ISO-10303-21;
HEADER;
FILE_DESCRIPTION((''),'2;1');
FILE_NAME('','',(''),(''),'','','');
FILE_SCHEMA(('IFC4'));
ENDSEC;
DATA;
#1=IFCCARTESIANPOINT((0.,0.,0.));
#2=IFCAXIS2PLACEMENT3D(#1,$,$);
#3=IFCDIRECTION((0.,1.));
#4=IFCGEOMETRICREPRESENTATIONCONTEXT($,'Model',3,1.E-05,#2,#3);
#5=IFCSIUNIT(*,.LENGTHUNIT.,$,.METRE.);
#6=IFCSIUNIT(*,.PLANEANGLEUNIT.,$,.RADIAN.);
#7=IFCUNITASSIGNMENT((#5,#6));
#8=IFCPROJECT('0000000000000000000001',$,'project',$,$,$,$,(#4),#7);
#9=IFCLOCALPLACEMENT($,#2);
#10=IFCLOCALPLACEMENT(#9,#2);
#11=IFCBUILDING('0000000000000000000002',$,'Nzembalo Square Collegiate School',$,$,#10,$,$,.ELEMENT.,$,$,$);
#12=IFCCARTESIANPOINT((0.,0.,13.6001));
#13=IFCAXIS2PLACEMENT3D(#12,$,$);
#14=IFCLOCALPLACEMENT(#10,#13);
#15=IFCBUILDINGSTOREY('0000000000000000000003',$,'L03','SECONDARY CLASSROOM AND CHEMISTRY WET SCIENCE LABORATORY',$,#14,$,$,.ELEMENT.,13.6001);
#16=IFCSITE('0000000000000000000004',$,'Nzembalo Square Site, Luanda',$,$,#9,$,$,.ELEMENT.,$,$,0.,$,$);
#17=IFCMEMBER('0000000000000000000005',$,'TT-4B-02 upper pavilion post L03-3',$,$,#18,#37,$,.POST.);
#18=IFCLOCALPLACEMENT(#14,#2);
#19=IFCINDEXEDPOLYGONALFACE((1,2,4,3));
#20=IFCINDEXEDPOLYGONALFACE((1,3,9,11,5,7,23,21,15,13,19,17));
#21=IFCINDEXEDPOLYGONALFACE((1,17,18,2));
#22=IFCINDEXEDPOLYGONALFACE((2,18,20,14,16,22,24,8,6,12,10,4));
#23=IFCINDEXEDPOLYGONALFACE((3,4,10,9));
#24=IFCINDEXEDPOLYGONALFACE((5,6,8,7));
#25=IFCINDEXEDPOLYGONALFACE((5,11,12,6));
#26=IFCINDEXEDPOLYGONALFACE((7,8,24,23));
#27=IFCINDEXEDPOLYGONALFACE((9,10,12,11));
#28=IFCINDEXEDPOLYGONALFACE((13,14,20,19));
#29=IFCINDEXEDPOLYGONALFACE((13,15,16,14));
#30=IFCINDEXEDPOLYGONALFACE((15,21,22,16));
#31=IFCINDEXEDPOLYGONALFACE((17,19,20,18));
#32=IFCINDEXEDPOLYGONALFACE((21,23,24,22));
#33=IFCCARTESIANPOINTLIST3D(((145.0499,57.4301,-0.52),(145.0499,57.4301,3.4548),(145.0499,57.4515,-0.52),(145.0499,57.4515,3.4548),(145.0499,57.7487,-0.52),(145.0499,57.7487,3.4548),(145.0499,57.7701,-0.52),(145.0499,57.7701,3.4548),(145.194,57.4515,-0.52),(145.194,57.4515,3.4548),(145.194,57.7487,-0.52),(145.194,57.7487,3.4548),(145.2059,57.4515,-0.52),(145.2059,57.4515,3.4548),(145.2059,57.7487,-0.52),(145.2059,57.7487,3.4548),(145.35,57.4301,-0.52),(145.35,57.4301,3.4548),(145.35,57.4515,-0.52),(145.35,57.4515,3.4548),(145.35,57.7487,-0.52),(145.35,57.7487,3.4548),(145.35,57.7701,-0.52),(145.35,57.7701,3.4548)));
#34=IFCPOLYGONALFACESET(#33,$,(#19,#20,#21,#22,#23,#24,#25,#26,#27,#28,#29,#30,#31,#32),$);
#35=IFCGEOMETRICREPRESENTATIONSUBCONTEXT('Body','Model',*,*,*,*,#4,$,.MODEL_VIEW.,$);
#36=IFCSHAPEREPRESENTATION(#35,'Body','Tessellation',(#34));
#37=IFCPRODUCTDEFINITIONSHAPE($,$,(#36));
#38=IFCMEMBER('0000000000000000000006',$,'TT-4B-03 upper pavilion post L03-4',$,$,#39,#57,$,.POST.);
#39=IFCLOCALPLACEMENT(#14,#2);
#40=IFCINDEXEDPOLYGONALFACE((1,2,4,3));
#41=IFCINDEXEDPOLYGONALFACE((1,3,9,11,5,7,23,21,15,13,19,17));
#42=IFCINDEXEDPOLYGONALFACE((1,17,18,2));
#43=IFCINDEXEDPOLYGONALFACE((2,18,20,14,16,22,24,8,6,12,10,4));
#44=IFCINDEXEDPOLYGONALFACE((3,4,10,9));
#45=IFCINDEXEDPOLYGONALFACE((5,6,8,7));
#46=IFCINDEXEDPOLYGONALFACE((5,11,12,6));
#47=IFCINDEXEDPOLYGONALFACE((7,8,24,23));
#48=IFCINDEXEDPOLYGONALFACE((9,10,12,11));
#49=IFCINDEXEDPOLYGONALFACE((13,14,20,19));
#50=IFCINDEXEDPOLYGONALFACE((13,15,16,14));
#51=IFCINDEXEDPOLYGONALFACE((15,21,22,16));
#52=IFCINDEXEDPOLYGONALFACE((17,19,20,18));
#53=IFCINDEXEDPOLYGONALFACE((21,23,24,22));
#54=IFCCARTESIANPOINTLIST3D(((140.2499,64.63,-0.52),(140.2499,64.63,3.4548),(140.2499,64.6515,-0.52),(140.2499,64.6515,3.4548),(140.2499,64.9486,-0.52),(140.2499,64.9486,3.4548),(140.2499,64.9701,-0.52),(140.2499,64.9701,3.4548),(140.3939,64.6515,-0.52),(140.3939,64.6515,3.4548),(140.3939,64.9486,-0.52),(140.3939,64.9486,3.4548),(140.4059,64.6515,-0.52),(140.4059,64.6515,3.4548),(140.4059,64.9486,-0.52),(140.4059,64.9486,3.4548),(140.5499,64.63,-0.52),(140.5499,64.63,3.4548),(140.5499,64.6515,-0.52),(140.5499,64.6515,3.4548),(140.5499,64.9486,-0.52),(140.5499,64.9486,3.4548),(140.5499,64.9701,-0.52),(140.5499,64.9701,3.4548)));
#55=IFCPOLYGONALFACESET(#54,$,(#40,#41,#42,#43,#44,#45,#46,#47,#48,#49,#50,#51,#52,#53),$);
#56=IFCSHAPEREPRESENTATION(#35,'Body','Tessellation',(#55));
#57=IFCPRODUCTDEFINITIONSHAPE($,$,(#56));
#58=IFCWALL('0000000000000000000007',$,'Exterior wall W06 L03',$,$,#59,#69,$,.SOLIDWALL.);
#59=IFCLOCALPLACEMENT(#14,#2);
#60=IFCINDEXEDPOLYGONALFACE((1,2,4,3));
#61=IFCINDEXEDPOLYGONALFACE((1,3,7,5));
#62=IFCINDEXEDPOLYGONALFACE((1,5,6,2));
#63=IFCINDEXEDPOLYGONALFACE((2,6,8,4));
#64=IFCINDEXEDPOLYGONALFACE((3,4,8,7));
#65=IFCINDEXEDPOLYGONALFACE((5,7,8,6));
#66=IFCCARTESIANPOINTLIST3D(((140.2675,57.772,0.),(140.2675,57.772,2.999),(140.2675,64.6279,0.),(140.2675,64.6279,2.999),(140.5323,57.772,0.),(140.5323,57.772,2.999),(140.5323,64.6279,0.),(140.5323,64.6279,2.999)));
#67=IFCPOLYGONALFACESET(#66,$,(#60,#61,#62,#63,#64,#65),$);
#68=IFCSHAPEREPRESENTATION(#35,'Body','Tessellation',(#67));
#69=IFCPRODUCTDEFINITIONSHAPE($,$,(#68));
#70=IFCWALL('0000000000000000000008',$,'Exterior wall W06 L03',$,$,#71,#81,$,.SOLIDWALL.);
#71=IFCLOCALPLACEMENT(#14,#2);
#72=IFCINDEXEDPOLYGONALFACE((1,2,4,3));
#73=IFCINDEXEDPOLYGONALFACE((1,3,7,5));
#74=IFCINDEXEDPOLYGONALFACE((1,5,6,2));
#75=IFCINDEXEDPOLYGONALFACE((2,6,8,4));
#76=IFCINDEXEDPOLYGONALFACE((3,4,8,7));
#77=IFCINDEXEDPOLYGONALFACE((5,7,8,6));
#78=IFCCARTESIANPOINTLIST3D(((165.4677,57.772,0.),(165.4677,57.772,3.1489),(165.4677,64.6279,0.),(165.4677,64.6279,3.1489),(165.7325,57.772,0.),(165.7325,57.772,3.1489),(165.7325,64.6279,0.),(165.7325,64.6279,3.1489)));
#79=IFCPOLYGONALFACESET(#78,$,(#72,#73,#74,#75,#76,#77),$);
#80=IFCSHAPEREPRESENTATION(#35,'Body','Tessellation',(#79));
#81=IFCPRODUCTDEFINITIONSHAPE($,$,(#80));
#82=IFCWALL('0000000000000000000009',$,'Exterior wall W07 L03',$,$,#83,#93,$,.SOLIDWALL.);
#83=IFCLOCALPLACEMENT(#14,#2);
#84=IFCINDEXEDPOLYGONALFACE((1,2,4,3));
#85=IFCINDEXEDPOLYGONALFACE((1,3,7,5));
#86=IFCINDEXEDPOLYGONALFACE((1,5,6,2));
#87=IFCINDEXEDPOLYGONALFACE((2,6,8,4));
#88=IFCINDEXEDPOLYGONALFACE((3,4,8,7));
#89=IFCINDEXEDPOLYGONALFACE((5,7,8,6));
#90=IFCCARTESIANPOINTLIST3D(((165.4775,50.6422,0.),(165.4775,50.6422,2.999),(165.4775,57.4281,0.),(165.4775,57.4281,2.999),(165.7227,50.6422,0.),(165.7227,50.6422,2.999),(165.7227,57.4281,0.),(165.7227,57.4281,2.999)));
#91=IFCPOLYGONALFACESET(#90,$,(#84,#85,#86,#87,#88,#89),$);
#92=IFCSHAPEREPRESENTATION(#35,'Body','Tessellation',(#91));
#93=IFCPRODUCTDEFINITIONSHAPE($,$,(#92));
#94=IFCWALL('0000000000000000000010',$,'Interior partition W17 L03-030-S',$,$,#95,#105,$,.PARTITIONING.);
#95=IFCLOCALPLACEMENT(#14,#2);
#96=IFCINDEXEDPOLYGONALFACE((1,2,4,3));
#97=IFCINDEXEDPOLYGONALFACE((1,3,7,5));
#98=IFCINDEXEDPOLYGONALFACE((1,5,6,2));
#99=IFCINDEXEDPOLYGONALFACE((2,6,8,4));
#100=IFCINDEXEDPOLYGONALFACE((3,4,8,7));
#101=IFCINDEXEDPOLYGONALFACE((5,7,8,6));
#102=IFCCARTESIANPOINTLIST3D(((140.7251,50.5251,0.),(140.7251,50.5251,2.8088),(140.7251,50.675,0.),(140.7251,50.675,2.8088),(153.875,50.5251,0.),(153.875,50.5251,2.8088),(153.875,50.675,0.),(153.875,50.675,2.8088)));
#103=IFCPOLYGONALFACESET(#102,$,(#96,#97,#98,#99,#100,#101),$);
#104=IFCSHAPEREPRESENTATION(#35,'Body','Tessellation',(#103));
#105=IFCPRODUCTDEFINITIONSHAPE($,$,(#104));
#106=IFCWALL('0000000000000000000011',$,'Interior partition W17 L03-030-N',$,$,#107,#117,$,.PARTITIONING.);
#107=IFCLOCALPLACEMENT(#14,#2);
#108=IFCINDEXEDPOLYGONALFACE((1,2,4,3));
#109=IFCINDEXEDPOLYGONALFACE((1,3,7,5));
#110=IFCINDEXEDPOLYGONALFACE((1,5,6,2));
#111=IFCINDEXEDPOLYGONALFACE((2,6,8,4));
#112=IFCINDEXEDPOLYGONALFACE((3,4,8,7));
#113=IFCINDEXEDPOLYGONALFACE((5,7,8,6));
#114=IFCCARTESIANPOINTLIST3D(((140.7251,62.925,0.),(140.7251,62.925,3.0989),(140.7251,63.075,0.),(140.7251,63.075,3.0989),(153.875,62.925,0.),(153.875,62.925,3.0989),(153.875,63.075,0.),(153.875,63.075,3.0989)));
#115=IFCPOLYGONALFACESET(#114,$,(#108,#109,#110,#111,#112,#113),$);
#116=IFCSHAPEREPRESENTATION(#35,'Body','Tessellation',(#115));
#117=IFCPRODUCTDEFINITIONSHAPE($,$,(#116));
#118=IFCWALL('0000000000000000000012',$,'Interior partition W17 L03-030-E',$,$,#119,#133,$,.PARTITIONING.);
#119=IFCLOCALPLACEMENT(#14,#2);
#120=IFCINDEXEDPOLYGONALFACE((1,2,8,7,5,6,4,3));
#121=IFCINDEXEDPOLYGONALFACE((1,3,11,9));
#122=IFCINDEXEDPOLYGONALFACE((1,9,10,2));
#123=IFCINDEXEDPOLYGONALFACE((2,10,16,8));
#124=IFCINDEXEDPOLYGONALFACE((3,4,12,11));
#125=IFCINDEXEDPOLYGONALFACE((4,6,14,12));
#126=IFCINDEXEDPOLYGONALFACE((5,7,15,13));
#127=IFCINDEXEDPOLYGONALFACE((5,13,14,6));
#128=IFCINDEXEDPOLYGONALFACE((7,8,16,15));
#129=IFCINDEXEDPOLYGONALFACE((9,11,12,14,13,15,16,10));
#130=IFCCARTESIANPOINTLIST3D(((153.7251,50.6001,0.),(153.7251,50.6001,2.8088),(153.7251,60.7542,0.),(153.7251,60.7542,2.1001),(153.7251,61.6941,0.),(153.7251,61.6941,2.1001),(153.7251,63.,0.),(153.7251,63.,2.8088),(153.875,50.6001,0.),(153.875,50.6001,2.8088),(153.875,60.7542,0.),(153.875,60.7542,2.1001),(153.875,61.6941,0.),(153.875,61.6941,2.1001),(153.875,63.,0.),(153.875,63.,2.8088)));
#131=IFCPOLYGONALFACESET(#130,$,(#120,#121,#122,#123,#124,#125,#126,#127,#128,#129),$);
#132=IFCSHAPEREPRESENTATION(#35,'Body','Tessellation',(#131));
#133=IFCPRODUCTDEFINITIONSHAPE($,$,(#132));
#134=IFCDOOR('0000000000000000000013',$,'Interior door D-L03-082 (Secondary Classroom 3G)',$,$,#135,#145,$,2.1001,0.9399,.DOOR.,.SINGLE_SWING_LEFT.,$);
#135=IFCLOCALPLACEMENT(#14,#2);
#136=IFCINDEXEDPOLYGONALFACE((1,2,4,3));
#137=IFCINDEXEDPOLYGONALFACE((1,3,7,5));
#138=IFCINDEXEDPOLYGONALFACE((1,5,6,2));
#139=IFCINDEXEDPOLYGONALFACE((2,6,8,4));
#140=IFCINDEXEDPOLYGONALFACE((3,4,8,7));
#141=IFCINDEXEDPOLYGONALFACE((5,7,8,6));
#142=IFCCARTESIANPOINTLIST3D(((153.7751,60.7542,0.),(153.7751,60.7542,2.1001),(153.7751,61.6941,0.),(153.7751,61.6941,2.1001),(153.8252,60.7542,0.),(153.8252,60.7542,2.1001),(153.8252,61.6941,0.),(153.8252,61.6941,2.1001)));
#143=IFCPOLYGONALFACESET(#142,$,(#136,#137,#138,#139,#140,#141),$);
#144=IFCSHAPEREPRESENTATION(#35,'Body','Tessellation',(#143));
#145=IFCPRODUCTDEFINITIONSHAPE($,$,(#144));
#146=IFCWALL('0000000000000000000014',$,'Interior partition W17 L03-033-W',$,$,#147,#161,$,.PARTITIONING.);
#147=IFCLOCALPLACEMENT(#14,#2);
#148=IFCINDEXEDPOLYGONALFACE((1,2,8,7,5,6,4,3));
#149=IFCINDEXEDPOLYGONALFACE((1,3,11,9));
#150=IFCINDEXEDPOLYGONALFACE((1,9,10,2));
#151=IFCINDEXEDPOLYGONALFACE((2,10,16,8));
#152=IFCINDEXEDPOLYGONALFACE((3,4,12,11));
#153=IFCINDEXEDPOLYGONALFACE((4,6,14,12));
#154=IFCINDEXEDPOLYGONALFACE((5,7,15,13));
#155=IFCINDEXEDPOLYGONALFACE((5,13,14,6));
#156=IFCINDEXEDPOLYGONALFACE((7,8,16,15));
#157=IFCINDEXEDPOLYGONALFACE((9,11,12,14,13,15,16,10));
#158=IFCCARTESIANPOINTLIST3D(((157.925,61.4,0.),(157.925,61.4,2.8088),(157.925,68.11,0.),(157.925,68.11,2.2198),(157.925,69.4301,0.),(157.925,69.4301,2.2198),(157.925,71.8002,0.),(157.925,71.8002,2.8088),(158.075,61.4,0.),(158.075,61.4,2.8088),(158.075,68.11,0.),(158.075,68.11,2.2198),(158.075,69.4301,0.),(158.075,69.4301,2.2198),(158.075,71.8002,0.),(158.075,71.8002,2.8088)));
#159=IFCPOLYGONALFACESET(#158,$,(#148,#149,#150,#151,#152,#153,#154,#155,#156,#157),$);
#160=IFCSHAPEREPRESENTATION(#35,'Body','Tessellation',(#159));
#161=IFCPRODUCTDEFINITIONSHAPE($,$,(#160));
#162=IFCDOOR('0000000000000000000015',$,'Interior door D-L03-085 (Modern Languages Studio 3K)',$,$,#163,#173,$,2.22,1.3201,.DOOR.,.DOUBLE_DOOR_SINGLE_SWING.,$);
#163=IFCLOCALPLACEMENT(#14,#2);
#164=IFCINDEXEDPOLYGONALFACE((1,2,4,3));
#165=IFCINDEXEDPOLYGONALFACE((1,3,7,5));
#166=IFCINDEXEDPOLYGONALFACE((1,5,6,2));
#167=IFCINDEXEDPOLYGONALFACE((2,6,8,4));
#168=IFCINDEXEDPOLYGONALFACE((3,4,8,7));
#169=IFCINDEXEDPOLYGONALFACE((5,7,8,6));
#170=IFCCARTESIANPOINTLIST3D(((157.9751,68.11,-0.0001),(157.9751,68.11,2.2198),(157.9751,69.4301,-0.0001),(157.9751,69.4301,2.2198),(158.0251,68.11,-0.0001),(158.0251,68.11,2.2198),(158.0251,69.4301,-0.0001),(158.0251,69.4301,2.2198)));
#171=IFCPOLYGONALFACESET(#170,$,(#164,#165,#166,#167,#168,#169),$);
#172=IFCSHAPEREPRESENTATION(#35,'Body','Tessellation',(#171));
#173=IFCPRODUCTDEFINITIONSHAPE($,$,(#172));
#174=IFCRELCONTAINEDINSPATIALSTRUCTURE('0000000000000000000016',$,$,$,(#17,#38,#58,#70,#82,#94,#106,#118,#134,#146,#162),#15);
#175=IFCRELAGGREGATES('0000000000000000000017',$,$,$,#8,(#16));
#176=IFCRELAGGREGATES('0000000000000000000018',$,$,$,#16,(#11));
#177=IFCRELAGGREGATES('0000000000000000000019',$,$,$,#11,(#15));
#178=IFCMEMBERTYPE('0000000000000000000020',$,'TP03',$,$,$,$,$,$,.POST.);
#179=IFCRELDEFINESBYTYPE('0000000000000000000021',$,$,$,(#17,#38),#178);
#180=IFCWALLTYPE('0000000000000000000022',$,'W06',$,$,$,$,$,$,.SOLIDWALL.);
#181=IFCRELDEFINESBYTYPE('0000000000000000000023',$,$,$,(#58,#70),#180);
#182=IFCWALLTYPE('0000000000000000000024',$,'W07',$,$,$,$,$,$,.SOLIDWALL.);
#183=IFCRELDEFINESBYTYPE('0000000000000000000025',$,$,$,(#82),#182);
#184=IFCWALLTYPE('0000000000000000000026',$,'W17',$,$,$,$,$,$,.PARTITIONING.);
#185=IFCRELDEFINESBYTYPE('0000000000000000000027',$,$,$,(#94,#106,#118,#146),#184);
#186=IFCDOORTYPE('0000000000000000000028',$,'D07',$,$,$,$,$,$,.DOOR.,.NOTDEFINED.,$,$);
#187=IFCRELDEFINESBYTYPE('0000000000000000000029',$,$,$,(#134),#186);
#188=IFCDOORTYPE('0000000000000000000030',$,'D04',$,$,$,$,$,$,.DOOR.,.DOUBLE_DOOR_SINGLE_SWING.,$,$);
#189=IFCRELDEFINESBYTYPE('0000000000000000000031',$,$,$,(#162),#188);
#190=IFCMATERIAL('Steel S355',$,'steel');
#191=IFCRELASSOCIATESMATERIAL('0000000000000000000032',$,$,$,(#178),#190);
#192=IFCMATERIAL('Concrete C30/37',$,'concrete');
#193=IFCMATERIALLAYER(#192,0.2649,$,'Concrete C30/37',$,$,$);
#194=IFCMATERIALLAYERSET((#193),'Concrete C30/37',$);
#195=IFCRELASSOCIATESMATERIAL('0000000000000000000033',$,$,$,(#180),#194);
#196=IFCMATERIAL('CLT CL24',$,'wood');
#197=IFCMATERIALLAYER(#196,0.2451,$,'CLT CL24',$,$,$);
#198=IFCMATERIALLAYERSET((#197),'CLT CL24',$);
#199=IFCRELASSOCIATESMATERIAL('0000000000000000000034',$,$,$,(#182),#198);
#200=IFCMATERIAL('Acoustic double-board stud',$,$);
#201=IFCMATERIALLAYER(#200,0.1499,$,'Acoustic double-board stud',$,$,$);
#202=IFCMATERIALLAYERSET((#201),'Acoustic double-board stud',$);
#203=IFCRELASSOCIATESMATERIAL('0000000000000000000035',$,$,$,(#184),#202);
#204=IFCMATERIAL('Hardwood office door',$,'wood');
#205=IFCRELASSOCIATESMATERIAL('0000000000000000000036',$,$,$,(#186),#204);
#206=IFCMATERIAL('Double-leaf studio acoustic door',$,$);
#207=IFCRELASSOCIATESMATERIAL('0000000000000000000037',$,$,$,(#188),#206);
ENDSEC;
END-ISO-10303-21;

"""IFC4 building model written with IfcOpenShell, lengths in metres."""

from ifc_helpers import new_model, si_unit, direction, frame, frame_2d, origin, origin_2d, place, context, subcontext, project, spatial, rectangle, i_section, extrude, material, layer, layer_set, material_profile, profile_set, type_object, element, fill, save


model = new_model("IFC4")

# Units and contexts
model_context = context("Model", 3, precision=1e-05, world=origin(), true_north=direction((0.0, 1.0)))
body_context = subcontext(model_context, "Body", "Model", "MODEL_VIEW")
ifc_project = project(units=[si_unit("LENGTHUNIT", "METRE"), si_unit("PLANEANGLEUNIT", "RADIAN")], contexts=[model_context])

# Site, building, storey
site_placement = place(None, origin())
site = spatial("IfcSite", under=ifc_project, at=site_placement, Name="Nzembalo Square Site, Luanda", CompositionType="ELEMENT", RefElevation=0.0)
building_placement = place(site_placement, origin())
building = spatial("IfcBuilding", under=site, at=building_placement, Name="Nzembalo Square Collegiate School", CompositionType="ELEMENT")
storey_placement = place(building_placement, frame((0.0, 0.0, 13.6001)))
storey = spatial("IfcBuildingStorey", under=building, at=storey_placement, Name="L03", Description="SECONDARY CLASSROOM AND CHEMISTRY WET SCIENCE LABORATORY", CompositionType="ELEMENT", Elevation=13.6001)

# Members
ifc_material_1 = material(Name="Steel S355", Category="steel")
ifc_material_profile_1 = material_profile(ifc_material_1, i_section(OverallWidth=0.3, OverallDepth=0.3401, WebThickness=0.012, FlangeThickness=0.0215, at=origin_2d()), Name="HEB 340")
ifc_profile_set_1 = profile_set([ifc_material_profile_1], Name="Steel S355")
member_type = type_object("IfcMemberType", Name="TP03", PredefinedType="POST", material=ifc_profile_set_1)
for number, where, z_axis, x_axis, name in (
    (1, (145.2, 57.6001, -0.52), (0.0, 0.0, 1.0), (1.0, 0.0, 0.0), "TT-4B-02 upper pavilion post L03-3"),
    (2, (140.3999, 64.8, -0.52), (0.0, 0.0, 1.0), (1.0, 0.0, 0.0), "TT-4B-03 upper pavilion post L03-4"),
):
    element("IfcMember", number, at=place(storey_placement, frame(where, z_axis=z_axis, x_axis=x_axis)), inside=storey, type_object=member_type, Name=name, PredefinedType="POST", context=body_context, shape_type="SweptSolid", body=[
        extrude(i_section(OverallWidth=0.3, OverallDepth=0.3401, WebThickness=0.012, FlangeThickness=0.0215, at=origin_2d()), origin(), (0.0, 0.0, 1.0), 3.9749),
    ])

# Walls
ifc_material_2 = material(Name="Concrete C30/37", Category="concrete")
ifc_layer_1 = layer(ifc_material_2, 0.2649, Name="Concrete C30/37")
ifc_layer_set_1 = layer_set([ifc_layer_1], Name="Concrete C30/37")
wall_type_1 = type_object("IfcWallType", Name="W06", PredefinedType="SOLIDWALL", material=ifc_layer_set_1)
wall_1_placement = place(storey_placement, frame((140.3999, 57.772, 0.0), z_axis=(0.0, 0.0, 1.0), x_axis=(0.0, 1.0, 0.0)))
element("IfcWall", 3, at=wall_1_placement, inside=storey, type_object=wall_type_1, Name="Exterior wall W06 L03", PredefinedType="SOLIDWALL", context=body_context, shape_type="SweptSolid", body=[
    extrude(rectangle(XDim=6.856, YDim=0.2649, at=frame_2d((3.428, 0.0))), origin(), (0.0, 0.0, 1.0), 2.999),
])
wall_2_placement = place(storey_placement, frame((165.6001, 57.772, 0.0), z_axis=(0.0, 0.0, 1.0), x_axis=(0.0, 1.0, 0.0)))
element("IfcWall", 4, at=wall_2_placement, inside=storey, type_object=wall_type_1, Name="Exterior wall W06 L03", PredefinedType="SOLIDWALL", context=body_context, shape_type="SweptSolid", body=[
    extrude(rectangle(XDim=6.856, YDim=0.2649, at=frame_2d((3.428, 0.0))), origin(), (0.0, 0.0, 1.0), 3.1489),
])
ifc_material_3 = material(Name="CLT CL24", Category="wood")
ifc_layer_2 = layer(ifc_material_3, 0.2451, Name="CLT CL24")
ifc_layer_set_2 = layer_set([ifc_layer_2], Name="CLT CL24")
wall_type_2 = type_object("IfcWallType", Name="W07", PredefinedType="SOLIDWALL", material=ifc_layer_set_2)
wall_3_placement = place(storey_placement, frame((165.6001, 50.6421, 0.0), z_axis=(0.0, 0.0, 1.0), x_axis=(0.0, 1.0, 0.0)))
element("IfcWall", 5, at=wall_3_placement, inside=storey, type_object=wall_type_2, Name="Exterior wall W07 L03", PredefinedType="SOLIDWALL", context=body_context, shape_type="SweptSolid", body=[
    extrude(rectangle(XDim=6.7859, YDim=0.2451, at=frame_2d((3.3931, 0.0))), origin(), (0.0, 0.0, 1.0), 2.999),
])
ifc_material_4 = material(Name="Acoustic double-board stud")
ifc_layer_3 = layer(ifc_material_4, 0.1499, Name="Acoustic double-board stud")
ifc_layer_set_3 = layer_set([ifc_layer_3], Name="Acoustic double-board stud")
wall_type_3 = type_object("IfcWallType", Name="W17", PredefinedType="PARTITIONING", material=ifc_layer_set_3)
wall_4_placement = place(storey_placement, frame((140.7251, 50.6001, 0.0), z_axis=(0.0, 0.0, 1.0), x_axis=(1.0, 0.0, 0.0)))
element("IfcWall", 6, at=wall_4_placement, inside=storey, type_object=wall_type_3, Name="Interior partition W17 L03-030-S", PredefinedType="PARTITIONING", context=body_context, shape_type="SweptSolid", body=[
    extrude(rectangle(XDim=13.1499, YDim=0.1499, at=frame_2d((6.575, 0.0))), origin(), (0.0, 0.0, 1.0), 2.8088),
])
wall_5_placement = place(storey_placement, frame((140.7251, 63.0, 0.0), z_axis=(0.0, 0.0, 1.0), x_axis=(1.0, 0.0, 0.0)))
element("IfcWall", 7, at=wall_5_placement, inside=storey, type_object=wall_type_3, Name="Interior partition W17 L03-030-N", PredefinedType="PARTITIONING", context=body_context, shape_type="SweptSolid", body=[
    extrude(rectangle(XDim=13.1499, YDim=0.1499, at=frame_2d((6.575, 0.0))), origin(), (0.0, 0.0, 1.0), 3.0989),
])

# Walls, openings, doors
wall_6_placement = place(storey_placement, frame((153.8, 50.6001, 0.0), z_axis=(0.0, 0.0, 1.0), x_axis=(0.0, 1.0, 0.0)))
wall_6 = element("IfcWall", 8, at=wall_6_placement, inside=storey, type_object=wall_type_3, Name="Interior partition W17 L03-030-E", PredefinedType="PARTITIONING", context=body_context, shape_type="SweptSolid", body=[
    extrude(rectangle(XDim=12.3999, YDim=0.1499, at=frame_2d((6.2, 0.0))), origin(), (0.0, 0.0, 1.0), 2.8088),
])
opening_1_placement = place(wall_6_placement, frame((10.1541, 0.0, 0.0)))
opening_1 = element("IfcOpeningElement", 9, at=opening_1_placement, cuts=wall_6, PredefinedType="OPENING", context=body_context, shape_type="SweptSolid", body=[
    extrude(rectangle(XDim=0.9399, YDim=2.1001, at=frame_2d((0.47, 1.05))), frame((0.0, 0.085, 0.0), z_axis=(0.0, -1.0, 0.0), x_axis=(1.0, 0.0, 0.0)), (0.0, 0.0, 1.0), 0.1699),
])
ifc_material_5 = material(Name="Hardwood office door", Category="wood")
door_type_1 = type_object("IfcDoorType", Name="D07", OperationType="NOTDEFINED", PredefinedType="DOOR", material=ifc_material_5)
door_1_placement = place(opening_1_placement, origin())
door_1 = element("IfcDoor", 10, at=door_1_placement, inside=storey, type_object=door_type_1, Name="Interior door D-L03-082 (Secondary Classroom 3G)", OperationType="SINGLE_SWING_LEFT", OverallHeight=2.1001, OverallWidth=0.9399, PredefinedType="DOOR", context=body_context, shape_type="SweptSolid", body=[
    extrude(rectangle(XDim=0.9399, YDim=2.1001, at=frame_2d((0.47, 1.05))), frame((0.0, 0.0249, 0.0), z_axis=(0.0, -1.0, 0.0), x_axis=(1.0, 0.0, 0.0)), (0.0, 0.0, 1.0), 0.05),
])
fill(opening_1, door_1)
wall_7_placement = place(storey_placement, frame((158.0, 61.3999, 0.0), z_axis=(0.0, 0.0, 1.0), x_axis=(0.0, 1.0, 0.0)))
wall_7 = element("IfcWall", 11, at=wall_7_placement, inside=storey, type_object=wall_type_3, Name="Interior partition W17 L03-033-W", PredefinedType="PARTITIONING", context=body_context, shape_type="SweptSolid", body=[
    extrude(rectangle(XDim=10.4001, YDim=0.1499, at=frame_2d((5.2002, 0.0))), origin(), (0.0, 0.0, 1.0), 2.8088),
])
opening_2_placement = place(wall_7_placement, frame((6.71, 0.0, 0.0)))
opening_2 = element("IfcOpeningElement", 12, at=opening_2_placement, cuts=wall_7, PredefinedType="OPENING", context=body_context, shape_type="SweptSolid", body=[
    extrude(rectangle(XDim=1.3201, YDim=2.22, at=frame_2d((0.6602, 1.1099))), frame((0.0, 0.085, 0.0), z_axis=(0.0, -1.0, 0.0), x_axis=(1.0, 0.0, 0.0)), (0.0, 0.0, 1.0), 0.1699),
])
ifc_material_6 = material(Name="Double-leaf studio acoustic door")
door_type_2 = type_object("IfcDoorType", Name="D04", OperationType="DOUBLE_DOOR_SINGLE_SWING", PredefinedType="DOOR", material=ifc_material_6)
door_2_placement = place(opening_2_placement, origin())
door_2 = element("IfcDoor", 13, at=door_2_placement, inside=storey, type_object=door_type_2, Name="Interior door D-L03-085 (Modern Languages Studio 3K)", OperationType="DOUBLE_DOOR_SINGLE_SWING", OverallHeight=2.22, OverallWidth=1.3201, PredefinedType="DOOR", context=body_context, shape_type="SweptSolid", body=[
    extrude(rectangle(XDim=1.3201, YDim=2.22, at=frame_2d((0.6602, 1.1099))), frame((0.0, 0.0249, 0.0), z_axis=(0.0, -1.0, 0.0), x_axis=(1.0, 0.0, 0.0)), (0.0, 0.0, 1.0), 0.05),
])
fill(opening_2, door_2)

save(model, "model.ifc")
